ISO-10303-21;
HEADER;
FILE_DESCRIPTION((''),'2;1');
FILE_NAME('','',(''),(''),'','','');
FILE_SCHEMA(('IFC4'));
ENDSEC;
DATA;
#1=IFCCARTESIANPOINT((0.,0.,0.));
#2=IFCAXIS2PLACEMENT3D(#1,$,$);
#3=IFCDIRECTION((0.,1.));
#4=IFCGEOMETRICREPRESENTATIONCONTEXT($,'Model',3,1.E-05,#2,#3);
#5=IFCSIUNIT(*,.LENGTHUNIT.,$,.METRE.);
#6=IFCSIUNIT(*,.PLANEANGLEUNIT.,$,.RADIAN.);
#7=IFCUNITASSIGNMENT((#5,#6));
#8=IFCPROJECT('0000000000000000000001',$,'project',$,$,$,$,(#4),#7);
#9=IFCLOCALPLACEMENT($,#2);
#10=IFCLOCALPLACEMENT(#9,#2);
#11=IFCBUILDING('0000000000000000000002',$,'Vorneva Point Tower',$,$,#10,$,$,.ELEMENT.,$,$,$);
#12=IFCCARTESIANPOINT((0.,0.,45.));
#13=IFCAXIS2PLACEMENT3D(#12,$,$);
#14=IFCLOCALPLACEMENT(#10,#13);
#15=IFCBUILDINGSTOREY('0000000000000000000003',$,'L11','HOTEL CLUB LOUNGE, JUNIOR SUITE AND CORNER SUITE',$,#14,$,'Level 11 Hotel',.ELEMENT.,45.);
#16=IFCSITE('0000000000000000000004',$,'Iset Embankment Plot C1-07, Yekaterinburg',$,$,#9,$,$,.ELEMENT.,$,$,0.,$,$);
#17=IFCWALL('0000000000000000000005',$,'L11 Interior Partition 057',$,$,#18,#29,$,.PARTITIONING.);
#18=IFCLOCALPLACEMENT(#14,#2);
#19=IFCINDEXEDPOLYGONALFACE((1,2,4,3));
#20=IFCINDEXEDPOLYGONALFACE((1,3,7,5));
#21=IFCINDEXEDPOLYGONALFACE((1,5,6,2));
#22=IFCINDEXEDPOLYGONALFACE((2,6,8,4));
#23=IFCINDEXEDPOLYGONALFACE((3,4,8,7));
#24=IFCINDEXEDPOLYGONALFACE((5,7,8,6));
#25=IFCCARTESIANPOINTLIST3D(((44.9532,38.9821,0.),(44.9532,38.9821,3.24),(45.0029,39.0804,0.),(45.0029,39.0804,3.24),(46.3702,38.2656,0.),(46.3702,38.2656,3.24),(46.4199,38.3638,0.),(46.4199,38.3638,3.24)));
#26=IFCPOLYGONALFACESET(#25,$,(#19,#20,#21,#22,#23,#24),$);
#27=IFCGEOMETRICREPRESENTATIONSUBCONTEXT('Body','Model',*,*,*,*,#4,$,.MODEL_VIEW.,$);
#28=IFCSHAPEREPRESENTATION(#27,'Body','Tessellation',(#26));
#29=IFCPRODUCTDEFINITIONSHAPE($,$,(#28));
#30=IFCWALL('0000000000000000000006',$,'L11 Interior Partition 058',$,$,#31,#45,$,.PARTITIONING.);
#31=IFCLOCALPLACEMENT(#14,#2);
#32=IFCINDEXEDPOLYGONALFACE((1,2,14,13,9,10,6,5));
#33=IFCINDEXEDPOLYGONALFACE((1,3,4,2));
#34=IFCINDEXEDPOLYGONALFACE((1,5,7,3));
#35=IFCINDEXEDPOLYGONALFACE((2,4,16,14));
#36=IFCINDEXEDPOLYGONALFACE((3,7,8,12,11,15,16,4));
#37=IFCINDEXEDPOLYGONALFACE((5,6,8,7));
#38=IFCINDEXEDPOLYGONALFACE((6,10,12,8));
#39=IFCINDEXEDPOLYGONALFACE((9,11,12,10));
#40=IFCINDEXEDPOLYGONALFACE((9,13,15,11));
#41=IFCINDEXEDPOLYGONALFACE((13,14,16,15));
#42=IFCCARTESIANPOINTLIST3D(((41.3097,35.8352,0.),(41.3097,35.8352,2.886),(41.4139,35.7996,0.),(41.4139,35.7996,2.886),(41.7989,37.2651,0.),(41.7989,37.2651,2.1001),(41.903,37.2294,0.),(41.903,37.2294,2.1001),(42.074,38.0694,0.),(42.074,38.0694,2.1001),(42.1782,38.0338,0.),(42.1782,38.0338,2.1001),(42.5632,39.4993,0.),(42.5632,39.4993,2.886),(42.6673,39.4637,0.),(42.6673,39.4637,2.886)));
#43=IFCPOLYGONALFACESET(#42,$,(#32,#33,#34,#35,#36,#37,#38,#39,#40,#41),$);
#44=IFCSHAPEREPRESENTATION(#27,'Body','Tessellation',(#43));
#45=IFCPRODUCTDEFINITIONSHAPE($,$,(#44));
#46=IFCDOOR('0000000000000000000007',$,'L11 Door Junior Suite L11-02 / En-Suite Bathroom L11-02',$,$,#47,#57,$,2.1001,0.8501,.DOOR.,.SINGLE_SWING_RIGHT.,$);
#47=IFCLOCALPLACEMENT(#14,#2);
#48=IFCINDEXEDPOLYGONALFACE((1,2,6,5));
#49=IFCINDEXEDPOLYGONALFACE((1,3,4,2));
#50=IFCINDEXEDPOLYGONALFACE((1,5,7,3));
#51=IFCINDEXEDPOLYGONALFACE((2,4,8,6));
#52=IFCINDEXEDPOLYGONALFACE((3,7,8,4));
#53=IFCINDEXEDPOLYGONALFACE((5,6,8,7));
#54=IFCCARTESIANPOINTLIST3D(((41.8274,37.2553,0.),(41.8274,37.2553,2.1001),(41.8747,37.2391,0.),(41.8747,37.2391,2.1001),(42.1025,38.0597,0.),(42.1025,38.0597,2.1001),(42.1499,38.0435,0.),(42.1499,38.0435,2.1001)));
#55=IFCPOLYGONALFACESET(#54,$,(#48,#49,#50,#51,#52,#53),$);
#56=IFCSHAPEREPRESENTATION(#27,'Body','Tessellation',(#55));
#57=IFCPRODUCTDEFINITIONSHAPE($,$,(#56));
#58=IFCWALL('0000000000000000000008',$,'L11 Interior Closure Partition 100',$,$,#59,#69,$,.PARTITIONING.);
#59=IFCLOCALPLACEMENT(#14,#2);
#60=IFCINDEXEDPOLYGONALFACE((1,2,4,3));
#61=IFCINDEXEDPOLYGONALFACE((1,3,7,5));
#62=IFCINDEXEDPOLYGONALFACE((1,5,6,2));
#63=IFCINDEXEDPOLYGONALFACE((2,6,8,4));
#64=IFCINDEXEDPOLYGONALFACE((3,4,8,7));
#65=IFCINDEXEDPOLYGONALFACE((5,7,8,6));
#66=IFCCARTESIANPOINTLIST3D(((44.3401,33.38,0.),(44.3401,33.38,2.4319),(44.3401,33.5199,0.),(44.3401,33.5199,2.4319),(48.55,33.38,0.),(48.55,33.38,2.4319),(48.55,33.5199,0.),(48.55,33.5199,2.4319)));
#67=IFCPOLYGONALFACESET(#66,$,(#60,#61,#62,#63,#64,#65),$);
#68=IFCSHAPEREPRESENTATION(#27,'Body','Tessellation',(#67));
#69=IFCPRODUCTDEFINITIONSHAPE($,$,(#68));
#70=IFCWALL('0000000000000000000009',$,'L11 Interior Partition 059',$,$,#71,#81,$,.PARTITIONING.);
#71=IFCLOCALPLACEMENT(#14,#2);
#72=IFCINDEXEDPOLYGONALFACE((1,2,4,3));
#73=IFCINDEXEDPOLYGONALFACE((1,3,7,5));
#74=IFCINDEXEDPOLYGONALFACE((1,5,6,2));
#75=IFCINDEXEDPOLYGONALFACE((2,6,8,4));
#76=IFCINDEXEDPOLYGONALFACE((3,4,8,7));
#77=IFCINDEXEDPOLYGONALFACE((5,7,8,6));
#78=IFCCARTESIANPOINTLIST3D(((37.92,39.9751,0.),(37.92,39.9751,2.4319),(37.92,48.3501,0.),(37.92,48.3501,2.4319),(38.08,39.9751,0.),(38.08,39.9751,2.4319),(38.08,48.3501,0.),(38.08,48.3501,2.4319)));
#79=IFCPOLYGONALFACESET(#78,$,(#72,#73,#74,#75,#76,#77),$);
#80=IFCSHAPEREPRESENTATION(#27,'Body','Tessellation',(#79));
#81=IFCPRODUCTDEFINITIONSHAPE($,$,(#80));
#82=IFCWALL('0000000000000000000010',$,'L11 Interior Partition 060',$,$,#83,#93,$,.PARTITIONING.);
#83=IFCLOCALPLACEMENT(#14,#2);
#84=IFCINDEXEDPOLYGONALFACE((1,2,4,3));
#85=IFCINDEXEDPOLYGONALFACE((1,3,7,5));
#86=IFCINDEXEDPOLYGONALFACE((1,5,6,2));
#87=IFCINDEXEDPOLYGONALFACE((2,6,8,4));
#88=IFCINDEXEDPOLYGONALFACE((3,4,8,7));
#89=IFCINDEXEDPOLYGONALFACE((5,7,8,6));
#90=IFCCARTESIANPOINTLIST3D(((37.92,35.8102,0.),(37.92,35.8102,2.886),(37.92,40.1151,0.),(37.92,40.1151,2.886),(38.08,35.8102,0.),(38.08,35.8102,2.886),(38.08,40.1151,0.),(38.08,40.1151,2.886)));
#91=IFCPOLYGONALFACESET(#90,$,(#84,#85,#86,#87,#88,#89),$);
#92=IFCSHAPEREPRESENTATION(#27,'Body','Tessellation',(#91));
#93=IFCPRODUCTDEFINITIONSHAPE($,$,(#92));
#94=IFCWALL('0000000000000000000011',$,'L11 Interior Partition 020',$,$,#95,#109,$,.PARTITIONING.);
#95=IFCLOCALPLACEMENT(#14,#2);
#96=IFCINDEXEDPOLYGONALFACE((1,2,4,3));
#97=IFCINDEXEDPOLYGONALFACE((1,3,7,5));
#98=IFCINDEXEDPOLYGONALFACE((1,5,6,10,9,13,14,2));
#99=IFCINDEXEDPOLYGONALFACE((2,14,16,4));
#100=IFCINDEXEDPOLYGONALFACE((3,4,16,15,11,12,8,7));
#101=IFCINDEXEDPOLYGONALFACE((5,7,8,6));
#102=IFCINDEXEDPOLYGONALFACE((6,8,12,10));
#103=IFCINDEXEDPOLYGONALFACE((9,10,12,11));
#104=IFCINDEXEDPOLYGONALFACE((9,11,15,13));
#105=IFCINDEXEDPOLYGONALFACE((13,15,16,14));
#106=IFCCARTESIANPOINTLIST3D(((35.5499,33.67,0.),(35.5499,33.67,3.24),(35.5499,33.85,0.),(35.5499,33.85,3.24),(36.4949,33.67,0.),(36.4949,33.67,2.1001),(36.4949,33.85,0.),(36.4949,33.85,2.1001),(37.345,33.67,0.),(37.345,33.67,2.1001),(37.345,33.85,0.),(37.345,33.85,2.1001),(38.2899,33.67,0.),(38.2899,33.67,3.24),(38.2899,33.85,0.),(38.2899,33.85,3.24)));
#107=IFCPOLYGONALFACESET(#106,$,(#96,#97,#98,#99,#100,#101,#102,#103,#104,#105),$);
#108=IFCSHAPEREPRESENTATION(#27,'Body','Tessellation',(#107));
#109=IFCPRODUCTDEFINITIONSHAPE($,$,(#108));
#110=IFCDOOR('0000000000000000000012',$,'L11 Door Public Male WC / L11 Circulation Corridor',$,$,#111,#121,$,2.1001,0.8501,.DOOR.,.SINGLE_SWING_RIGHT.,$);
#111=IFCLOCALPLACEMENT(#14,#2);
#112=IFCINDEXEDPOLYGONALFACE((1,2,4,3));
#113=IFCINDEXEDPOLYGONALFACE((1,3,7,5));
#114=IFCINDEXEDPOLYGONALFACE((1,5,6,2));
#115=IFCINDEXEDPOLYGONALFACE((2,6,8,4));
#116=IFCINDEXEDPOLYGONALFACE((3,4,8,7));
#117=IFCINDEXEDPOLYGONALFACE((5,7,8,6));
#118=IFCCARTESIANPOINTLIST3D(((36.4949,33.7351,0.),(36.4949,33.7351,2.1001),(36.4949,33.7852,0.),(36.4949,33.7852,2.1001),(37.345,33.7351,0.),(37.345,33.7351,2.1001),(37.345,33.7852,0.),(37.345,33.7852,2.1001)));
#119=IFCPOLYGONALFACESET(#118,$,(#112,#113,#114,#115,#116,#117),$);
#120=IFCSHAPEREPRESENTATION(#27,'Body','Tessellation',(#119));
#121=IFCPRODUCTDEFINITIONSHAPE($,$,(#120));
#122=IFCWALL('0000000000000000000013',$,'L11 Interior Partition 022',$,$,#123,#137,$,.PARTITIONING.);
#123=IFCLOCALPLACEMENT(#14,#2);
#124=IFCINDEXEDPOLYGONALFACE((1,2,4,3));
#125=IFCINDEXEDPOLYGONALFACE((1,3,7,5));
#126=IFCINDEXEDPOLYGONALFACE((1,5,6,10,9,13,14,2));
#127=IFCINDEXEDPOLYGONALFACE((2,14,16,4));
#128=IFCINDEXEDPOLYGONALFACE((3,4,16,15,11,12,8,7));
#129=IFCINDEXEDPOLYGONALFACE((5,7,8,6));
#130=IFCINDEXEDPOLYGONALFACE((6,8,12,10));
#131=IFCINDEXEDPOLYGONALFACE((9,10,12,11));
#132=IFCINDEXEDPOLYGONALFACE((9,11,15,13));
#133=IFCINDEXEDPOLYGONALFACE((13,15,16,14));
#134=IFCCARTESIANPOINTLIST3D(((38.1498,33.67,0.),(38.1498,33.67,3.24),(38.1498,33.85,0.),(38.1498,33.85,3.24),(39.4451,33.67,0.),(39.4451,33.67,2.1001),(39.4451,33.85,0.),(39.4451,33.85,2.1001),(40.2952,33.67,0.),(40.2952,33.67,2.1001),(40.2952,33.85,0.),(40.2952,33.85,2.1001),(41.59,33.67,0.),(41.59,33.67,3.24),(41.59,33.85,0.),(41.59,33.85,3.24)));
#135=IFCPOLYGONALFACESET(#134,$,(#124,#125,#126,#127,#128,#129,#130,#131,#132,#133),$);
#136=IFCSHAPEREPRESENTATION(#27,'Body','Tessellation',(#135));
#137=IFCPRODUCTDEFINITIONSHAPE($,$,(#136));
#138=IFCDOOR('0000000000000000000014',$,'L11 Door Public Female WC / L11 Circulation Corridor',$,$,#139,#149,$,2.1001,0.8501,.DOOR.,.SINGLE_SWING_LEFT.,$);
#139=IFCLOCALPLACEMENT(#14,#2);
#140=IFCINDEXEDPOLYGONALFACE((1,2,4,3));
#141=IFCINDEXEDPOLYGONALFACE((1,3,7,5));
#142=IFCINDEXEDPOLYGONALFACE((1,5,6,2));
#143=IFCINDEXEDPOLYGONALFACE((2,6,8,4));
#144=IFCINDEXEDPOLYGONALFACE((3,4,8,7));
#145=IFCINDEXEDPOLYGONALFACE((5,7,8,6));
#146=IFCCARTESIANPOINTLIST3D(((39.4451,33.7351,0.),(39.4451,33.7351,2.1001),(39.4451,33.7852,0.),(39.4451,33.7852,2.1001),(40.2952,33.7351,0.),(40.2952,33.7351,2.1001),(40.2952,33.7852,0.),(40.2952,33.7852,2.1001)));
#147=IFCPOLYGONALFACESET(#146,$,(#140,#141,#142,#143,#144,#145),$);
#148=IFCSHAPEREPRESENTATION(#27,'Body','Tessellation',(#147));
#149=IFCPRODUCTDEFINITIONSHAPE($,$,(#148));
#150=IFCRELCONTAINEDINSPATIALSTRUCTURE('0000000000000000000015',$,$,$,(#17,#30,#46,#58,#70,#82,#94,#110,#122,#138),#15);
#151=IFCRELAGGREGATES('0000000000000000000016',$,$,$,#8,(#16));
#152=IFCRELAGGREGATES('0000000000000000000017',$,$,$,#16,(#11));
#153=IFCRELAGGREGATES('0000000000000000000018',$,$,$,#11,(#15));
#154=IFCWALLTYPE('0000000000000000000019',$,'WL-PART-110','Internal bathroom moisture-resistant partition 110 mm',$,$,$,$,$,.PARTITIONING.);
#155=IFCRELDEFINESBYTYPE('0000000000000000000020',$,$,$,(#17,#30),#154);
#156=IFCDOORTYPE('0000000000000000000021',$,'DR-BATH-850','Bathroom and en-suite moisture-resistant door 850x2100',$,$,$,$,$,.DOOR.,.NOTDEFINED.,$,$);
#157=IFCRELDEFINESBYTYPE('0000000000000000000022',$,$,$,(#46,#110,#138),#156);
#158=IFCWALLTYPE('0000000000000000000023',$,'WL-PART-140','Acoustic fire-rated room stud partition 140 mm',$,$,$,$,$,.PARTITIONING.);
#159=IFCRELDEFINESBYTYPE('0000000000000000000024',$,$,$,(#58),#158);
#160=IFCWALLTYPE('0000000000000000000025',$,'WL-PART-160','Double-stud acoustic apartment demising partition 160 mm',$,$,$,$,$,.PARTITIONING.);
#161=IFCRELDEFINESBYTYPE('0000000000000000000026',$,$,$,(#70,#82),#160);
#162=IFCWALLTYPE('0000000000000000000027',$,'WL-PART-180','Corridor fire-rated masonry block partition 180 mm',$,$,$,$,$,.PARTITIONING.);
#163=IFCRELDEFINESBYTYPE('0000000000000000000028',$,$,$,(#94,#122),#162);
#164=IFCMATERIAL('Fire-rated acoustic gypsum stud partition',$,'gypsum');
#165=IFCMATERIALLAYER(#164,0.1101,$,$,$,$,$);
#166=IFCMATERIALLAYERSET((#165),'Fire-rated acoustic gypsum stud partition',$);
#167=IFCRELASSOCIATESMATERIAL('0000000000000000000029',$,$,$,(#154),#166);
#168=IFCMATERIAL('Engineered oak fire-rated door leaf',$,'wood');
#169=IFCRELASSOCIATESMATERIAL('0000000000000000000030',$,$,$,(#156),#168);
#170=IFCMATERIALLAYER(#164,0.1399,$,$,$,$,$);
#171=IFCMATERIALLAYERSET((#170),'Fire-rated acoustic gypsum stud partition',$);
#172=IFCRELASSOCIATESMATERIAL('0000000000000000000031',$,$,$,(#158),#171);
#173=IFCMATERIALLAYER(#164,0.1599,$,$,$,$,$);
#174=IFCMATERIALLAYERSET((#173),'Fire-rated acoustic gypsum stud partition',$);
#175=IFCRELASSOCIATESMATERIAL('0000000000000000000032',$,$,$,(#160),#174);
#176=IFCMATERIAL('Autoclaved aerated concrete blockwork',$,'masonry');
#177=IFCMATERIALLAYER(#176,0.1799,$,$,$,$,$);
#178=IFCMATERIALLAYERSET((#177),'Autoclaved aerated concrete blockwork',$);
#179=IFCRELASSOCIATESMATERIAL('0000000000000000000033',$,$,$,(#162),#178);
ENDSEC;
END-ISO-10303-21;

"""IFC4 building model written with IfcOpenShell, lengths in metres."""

from ifc_helpers import new_model, si_unit, direction, frame, frame_2d, origin, place, context, subcontext, project, spatial, rectangle, extrude, material, layer, layer_set, type_object, element, fill, save


model = new_model("IFC4")

# Units and contexts
model_context = context("Model", 3, precision=1e-05, world=origin(), true_north=direction((0.0, 1.0)))
body_context = subcontext(model_context, "Body", "Model", "MODEL_VIEW")
ifc_project = project(units=[si_unit("LENGTHUNIT", "METRE"), si_unit("PLANEANGLEUNIT", "RADIAN")], contexts=[model_context])

# Site, building, storey
site_placement = place(None, origin())
site = spatial("IfcSite", under=ifc_project, at=site_placement, Name="Iset Embankment Plot C1-07, Yekaterinburg", CompositionType="ELEMENT", RefElevation=0.0)
building_placement = place(site_placement, origin())
building = spatial("IfcBuilding", under=site, at=building_placement, Name="Vorneva Point Tower", CompositionType="ELEMENT")
storey_placement = place(building_placement, frame((0.0, 0.0, 45.0)))
storey = spatial("IfcBuildingStorey", under=building, at=storey_placement, Name="L11", Description="HOTEL CLUB LOUNGE, JUNIOR SUITE AND CORNER SUITE", LongName="Level 11 Hotel", CompositionType="ELEMENT", Elevation=45.0)

# Wall
ifc_material_1 = material(Name="Fire-rated acoustic gypsum stud partition", Category="gypsum")
ifc_layer_1 = layer(ifc_material_1, 0.1101)
ifc_layer_set_1 = layer_set([ifc_layer_1], Name="Fire-rated acoustic gypsum stud partition")
wall_type_1 = type_object("IfcWallType", Name="WL-PART-110", Description="Internal bathroom moisture-resistant partition 110 mm", PredefinedType="PARTITIONING", material=ifc_layer_set_1)
wall_1_placement = place(storey_placement, frame((44.978, 39.0312, 0.0), z_axis=(0.0, 0.0, 1.0), x_axis=(0.892388, -0.451268, 0.0)))
element("IfcWall", 1, at=wall_1_placement, inside=storey, type_object=wall_type_1, Name="L11 Interior Partition 057", PredefinedType="PARTITIONING", context=body_context, shape_type="SweptSolid", body=[
    extrude(rectangle(XDim=1.5879, YDim=0.1101, at=frame_2d((0.7939, 0.0))), origin(), (0.0, 0.0, 1.0), 3.24),
])

# Wall, opening, door
wall_2_placement = place(storey_placement, frame((41.3618, 35.8174, 0.0), z_axis=(0.0, 0.0, 1.0), x_axis=(0.32367, 0.94617, 0.0)))
wall_2 = element("IfcWall", 2, at=wall_2_placement, inside=storey, type_object=wall_type_1, Name="L11 Interior Partition 058", PredefinedType="PARTITIONING", context=body_context, shape_type="SweptSolid", body=[
    extrude(rectangle(XDim=3.8726, YDim=0.1101, at=frame_2d((1.9363, 0.0))), origin(), (0.0, 0.0, 1.0), 2.886),
])
opening_1_placement = place(wall_2_placement, frame((1.5112, 0.0, 0.0)))
opening_1 = element("IfcOpeningElement", 3, at=opening_1_placement, cuts=wall_2, PredefinedType="OPENING", context=body_context, shape_type="SweptSolid", body=[
    extrude(rectangle(XDim=0.8501, YDim=2.1001, at=frame_2d((0.425, 1.05))), frame((0.0, 0.0698, 0.0), z_axis=(0.0, -1.0, 0.0), x_axis=(1.0, 0.0, 0.0)), (0.0, 0.0, 1.0), 0.1399),
])
ifc_material_2 = material(Name="Engineered oak fire-rated door leaf", Category="wood")
door_type_1 = type_object("IfcDoorType", Name="DR-BATH-850", Description="Bathroom and en-suite moisture-resistant door 850x2100", OperationType="NOTDEFINED", PredefinedType="DOOR", material=ifc_material_2)
door_1_placement = place(opening_1_placement, origin())
door_1 = element("IfcDoor", 4, at=door_1_placement, inside=storey, type_object=door_type_1, Name="L11 Door Junior Suite L11-02 / En-Suite Bathroom L11-02", OperationType="SINGLE_SWING_RIGHT", OverallHeight=2.1001, OverallWidth=0.8501, PredefinedType="DOOR", context=body_context, shape_type="SweptSolid", body=[
    extrude(rectangle(XDim=0.8501, YDim=2.1001, at=frame_2d((0.425, 1.05))), frame((0.0, 0.0249, 0.0), z_axis=(0.0, -1.0, 0.0), x_axis=(1.0, 0.0, 0.0)), (0.0, 0.0, 1.0), 0.05),
])
fill(opening_1, door_1)

# Walls
ifc_layer_2 = layer(ifc_material_1, 0.1399)
ifc_layer_set_2 = layer_set([ifc_layer_2], Name="Fire-rated acoustic gypsum stud partition")
wall_type_2 = type_object("IfcWallType", Name="WL-PART-140", Description="Acoustic fire-rated room stud partition 140 mm", PredefinedType="PARTITIONING", material=ifc_layer_set_2)
wall_3_placement = place(storey_placement, frame((44.3401, 33.45, 0.0), z_axis=(0.0, 0.0, 1.0), x_axis=(1.0, 0.0, 0.0)))
element("IfcWall", 5, at=wall_3_placement, inside=storey, type_object=wall_type_2, Name="L11 Interior Closure Partition 100", PredefinedType="PARTITIONING", context=body_context, shape_type="SweptSolid", body=[
    extrude(rectangle(XDim=4.21, YDim=0.1399, at=frame_2d((2.105, 0.0))), origin(), (0.0, 0.0, 1.0), 2.4319),
])
ifc_layer_3 = layer(ifc_material_1, 0.1599)
ifc_layer_set_3 = layer_set([ifc_layer_3], Name="Fire-rated acoustic gypsum stud partition")
wall_type_3 = type_object("IfcWallType", Name="WL-PART-160", Description="Double-stud acoustic apartment demising partition 160 mm", PredefinedType="PARTITIONING", material=ifc_layer_set_3)
wall_4_placement = place(storey_placement, frame((38.0, 48.3501, 0.0), z_axis=(0.0, 0.0, 1.0), x_axis=(0.0, -1.0, 0.0)))
element("IfcWall", 6, at=wall_4_placement, inside=storey, type_object=wall_type_3, Name="L11 Interior Partition 059", PredefinedType="PARTITIONING", context=body_context, shape_type="SweptSolid", body=[
    extrude(rectangle(XDim=8.375, YDim=0.1599, at=frame_2d((4.1875, 0.0))), origin(), (0.0, 0.0, 1.0), 2.4319),
])
wall_5_placement = place(storey_placement, frame((38.0, 40.115, 0.0), z_axis=(0.0, 0.0, 1.0), x_axis=(0.0, -1.0, 0.0)))
element("IfcWall", 7, at=wall_5_placement, inside=storey, type_object=wall_type_3, Name="L11 Interior Partition 060", PredefinedType="PARTITIONING", context=body_context, shape_type="SweptSolid", body=[
    extrude(rectangle(XDim=4.3049, YDim=0.1599, at=frame_2d((2.1523, 0.0))), origin(), (0.0, 0.0, 1.0), 2.886),
])

# Walls, openings, doors
ifc_material_3 = material(Name="Autoclaved aerated concrete blockwork", Category="masonry")
ifc_layer_4 = layer(ifc_material_3, 0.1799)
ifc_layer_set_4 = layer_set([ifc_layer_4], Name="Autoclaved aerated concrete blockwork")
wall_type_4 = type_object("IfcWallType", Name="WL-PART-180", Description="Corridor fire-rated masonry block partition 180 mm", PredefinedType="PARTITIONING", material=ifc_layer_set_4)
wall_6_placement = place(storey_placement, frame((38.29, 33.76, 0.0), z_axis=(0.0, 0.0, 1.0), x_axis=(-1.0, 0.0, 0.0)))
wall_6 = element("IfcWall", 8, at=wall_6_placement, inside=storey, type_object=wall_type_4, Name="L11 Interior Partition 020", PredefinedType="PARTITIONING", context=body_context, shape_type="SweptSolid", body=[
    extrude(rectangle(XDim=2.74, YDim=0.1799, at=frame_2d((1.3701, 0.0))), origin(), (0.0, 0.0, 1.0), 3.24),
])
opening_2_placement = place(wall_6_placement, frame((0.9451, 0.0, 0.0)))
opening_2 = element("IfcOpeningElement", 9, at=opening_2_placement, cuts=wall_6, PredefinedType="OPENING", context=body_context, shape_type="SweptSolid", body=[
    extrude(rectangle(XDim=0.8501, YDim=2.1001, at=frame_2d((0.425, 1.05))), frame((0.0, 0.105, 0.0), z_axis=(0.0, -1.0, 0.0), x_axis=(1.0, 0.0, 0.0)), (0.0, 0.0, 1.0), 0.2097),
])
door_2_placement = place(opening_2_placement, origin())
door_2 = element("IfcDoor", 10, at=door_2_placement, inside=storey, type_object=door_type_1, Name="L11 Door Public Male WC / L11 Circulation Corridor", OperationType="SINGLE_SWING_RIGHT", OverallHeight=2.1001, OverallWidth=0.8501, PredefinedType="DOOR", context=body_context, shape_type="SweptSolid", body=[
    extrude(rectangle(XDim=0.8501, YDim=2.1001, at=frame_2d((0.425, 1.05))), frame((0.0, 0.0249, 0.0), z_axis=(0.0, -1.0, 0.0), x_axis=(1.0, 0.0, 0.0)), (0.0, 0.0, 1.0), 0.05),
])
fill(opening_2, door_2)
wall_7_placement = place(storey_placement, frame((41.5901, 33.76, 0.0), z_axis=(0.0, 0.0, 1.0), x_axis=(-1.0, 0.0, 0.0)))
wall_7 = element("IfcWall", 11, at=wall_7_placement, inside=storey, type_object=wall_type_4, Name="L11 Interior Partition 022", PredefinedType="PARTITIONING", context=body_context, shape_type="SweptSolid", body=[
    extrude(rectangle(XDim=3.4402, YDim=0.1799, at=frame_2d((1.7202, 0.0))), origin(), (0.0, 0.0, 1.0), 3.24),
])
opening_3_placement = place(wall_7_placement, frame((1.2949, 0.0, 0.0)))
opening_3 = element("IfcOpeningElement", 12, at=opening_3_placement, cuts=wall_7, PredefinedType="OPENING", context=body_context, shape_type="SweptSolid", body=[
    extrude(rectangle(XDim=0.8501, YDim=2.1001, at=frame_2d((0.425, 1.05))), frame((0.0, 0.105, 0.0), z_axis=(0.0, -1.0, 0.0), x_axis=(1.0, 0.0, 0.0)), (0.0, 0.0, 1.0), 0.2097),
])
door_3_placement = place(opening_3_placement, origin())
door_3 = element("IfcDoor", 13, at=door_3_placement, inside=storey, type_object=door_type_1, Name="L11 Door Public Female WC / L11 Circulation Corridor", OperationType="SINGLE_SWING_LEFT", OverallHeight=2.1001, OverallWidth=0.8501, PredefinedType="DOOR", context=body_context, shape_type="SweptSolid", body=[
    extrude(rectangle(XDim=0.8501, YDim=2.1001, at=frame_2d((0.425, 1.05))), frame((0.0, 0.0249, 0.0), z_axis=(0.0, -1.0, 0.0), x_axis=(1.0, 0.0, 0.0)), (0.0, 0.0, 1.0), 0.05),
])
fill(opening_3, door_3)

save(model, "model.ifc")
